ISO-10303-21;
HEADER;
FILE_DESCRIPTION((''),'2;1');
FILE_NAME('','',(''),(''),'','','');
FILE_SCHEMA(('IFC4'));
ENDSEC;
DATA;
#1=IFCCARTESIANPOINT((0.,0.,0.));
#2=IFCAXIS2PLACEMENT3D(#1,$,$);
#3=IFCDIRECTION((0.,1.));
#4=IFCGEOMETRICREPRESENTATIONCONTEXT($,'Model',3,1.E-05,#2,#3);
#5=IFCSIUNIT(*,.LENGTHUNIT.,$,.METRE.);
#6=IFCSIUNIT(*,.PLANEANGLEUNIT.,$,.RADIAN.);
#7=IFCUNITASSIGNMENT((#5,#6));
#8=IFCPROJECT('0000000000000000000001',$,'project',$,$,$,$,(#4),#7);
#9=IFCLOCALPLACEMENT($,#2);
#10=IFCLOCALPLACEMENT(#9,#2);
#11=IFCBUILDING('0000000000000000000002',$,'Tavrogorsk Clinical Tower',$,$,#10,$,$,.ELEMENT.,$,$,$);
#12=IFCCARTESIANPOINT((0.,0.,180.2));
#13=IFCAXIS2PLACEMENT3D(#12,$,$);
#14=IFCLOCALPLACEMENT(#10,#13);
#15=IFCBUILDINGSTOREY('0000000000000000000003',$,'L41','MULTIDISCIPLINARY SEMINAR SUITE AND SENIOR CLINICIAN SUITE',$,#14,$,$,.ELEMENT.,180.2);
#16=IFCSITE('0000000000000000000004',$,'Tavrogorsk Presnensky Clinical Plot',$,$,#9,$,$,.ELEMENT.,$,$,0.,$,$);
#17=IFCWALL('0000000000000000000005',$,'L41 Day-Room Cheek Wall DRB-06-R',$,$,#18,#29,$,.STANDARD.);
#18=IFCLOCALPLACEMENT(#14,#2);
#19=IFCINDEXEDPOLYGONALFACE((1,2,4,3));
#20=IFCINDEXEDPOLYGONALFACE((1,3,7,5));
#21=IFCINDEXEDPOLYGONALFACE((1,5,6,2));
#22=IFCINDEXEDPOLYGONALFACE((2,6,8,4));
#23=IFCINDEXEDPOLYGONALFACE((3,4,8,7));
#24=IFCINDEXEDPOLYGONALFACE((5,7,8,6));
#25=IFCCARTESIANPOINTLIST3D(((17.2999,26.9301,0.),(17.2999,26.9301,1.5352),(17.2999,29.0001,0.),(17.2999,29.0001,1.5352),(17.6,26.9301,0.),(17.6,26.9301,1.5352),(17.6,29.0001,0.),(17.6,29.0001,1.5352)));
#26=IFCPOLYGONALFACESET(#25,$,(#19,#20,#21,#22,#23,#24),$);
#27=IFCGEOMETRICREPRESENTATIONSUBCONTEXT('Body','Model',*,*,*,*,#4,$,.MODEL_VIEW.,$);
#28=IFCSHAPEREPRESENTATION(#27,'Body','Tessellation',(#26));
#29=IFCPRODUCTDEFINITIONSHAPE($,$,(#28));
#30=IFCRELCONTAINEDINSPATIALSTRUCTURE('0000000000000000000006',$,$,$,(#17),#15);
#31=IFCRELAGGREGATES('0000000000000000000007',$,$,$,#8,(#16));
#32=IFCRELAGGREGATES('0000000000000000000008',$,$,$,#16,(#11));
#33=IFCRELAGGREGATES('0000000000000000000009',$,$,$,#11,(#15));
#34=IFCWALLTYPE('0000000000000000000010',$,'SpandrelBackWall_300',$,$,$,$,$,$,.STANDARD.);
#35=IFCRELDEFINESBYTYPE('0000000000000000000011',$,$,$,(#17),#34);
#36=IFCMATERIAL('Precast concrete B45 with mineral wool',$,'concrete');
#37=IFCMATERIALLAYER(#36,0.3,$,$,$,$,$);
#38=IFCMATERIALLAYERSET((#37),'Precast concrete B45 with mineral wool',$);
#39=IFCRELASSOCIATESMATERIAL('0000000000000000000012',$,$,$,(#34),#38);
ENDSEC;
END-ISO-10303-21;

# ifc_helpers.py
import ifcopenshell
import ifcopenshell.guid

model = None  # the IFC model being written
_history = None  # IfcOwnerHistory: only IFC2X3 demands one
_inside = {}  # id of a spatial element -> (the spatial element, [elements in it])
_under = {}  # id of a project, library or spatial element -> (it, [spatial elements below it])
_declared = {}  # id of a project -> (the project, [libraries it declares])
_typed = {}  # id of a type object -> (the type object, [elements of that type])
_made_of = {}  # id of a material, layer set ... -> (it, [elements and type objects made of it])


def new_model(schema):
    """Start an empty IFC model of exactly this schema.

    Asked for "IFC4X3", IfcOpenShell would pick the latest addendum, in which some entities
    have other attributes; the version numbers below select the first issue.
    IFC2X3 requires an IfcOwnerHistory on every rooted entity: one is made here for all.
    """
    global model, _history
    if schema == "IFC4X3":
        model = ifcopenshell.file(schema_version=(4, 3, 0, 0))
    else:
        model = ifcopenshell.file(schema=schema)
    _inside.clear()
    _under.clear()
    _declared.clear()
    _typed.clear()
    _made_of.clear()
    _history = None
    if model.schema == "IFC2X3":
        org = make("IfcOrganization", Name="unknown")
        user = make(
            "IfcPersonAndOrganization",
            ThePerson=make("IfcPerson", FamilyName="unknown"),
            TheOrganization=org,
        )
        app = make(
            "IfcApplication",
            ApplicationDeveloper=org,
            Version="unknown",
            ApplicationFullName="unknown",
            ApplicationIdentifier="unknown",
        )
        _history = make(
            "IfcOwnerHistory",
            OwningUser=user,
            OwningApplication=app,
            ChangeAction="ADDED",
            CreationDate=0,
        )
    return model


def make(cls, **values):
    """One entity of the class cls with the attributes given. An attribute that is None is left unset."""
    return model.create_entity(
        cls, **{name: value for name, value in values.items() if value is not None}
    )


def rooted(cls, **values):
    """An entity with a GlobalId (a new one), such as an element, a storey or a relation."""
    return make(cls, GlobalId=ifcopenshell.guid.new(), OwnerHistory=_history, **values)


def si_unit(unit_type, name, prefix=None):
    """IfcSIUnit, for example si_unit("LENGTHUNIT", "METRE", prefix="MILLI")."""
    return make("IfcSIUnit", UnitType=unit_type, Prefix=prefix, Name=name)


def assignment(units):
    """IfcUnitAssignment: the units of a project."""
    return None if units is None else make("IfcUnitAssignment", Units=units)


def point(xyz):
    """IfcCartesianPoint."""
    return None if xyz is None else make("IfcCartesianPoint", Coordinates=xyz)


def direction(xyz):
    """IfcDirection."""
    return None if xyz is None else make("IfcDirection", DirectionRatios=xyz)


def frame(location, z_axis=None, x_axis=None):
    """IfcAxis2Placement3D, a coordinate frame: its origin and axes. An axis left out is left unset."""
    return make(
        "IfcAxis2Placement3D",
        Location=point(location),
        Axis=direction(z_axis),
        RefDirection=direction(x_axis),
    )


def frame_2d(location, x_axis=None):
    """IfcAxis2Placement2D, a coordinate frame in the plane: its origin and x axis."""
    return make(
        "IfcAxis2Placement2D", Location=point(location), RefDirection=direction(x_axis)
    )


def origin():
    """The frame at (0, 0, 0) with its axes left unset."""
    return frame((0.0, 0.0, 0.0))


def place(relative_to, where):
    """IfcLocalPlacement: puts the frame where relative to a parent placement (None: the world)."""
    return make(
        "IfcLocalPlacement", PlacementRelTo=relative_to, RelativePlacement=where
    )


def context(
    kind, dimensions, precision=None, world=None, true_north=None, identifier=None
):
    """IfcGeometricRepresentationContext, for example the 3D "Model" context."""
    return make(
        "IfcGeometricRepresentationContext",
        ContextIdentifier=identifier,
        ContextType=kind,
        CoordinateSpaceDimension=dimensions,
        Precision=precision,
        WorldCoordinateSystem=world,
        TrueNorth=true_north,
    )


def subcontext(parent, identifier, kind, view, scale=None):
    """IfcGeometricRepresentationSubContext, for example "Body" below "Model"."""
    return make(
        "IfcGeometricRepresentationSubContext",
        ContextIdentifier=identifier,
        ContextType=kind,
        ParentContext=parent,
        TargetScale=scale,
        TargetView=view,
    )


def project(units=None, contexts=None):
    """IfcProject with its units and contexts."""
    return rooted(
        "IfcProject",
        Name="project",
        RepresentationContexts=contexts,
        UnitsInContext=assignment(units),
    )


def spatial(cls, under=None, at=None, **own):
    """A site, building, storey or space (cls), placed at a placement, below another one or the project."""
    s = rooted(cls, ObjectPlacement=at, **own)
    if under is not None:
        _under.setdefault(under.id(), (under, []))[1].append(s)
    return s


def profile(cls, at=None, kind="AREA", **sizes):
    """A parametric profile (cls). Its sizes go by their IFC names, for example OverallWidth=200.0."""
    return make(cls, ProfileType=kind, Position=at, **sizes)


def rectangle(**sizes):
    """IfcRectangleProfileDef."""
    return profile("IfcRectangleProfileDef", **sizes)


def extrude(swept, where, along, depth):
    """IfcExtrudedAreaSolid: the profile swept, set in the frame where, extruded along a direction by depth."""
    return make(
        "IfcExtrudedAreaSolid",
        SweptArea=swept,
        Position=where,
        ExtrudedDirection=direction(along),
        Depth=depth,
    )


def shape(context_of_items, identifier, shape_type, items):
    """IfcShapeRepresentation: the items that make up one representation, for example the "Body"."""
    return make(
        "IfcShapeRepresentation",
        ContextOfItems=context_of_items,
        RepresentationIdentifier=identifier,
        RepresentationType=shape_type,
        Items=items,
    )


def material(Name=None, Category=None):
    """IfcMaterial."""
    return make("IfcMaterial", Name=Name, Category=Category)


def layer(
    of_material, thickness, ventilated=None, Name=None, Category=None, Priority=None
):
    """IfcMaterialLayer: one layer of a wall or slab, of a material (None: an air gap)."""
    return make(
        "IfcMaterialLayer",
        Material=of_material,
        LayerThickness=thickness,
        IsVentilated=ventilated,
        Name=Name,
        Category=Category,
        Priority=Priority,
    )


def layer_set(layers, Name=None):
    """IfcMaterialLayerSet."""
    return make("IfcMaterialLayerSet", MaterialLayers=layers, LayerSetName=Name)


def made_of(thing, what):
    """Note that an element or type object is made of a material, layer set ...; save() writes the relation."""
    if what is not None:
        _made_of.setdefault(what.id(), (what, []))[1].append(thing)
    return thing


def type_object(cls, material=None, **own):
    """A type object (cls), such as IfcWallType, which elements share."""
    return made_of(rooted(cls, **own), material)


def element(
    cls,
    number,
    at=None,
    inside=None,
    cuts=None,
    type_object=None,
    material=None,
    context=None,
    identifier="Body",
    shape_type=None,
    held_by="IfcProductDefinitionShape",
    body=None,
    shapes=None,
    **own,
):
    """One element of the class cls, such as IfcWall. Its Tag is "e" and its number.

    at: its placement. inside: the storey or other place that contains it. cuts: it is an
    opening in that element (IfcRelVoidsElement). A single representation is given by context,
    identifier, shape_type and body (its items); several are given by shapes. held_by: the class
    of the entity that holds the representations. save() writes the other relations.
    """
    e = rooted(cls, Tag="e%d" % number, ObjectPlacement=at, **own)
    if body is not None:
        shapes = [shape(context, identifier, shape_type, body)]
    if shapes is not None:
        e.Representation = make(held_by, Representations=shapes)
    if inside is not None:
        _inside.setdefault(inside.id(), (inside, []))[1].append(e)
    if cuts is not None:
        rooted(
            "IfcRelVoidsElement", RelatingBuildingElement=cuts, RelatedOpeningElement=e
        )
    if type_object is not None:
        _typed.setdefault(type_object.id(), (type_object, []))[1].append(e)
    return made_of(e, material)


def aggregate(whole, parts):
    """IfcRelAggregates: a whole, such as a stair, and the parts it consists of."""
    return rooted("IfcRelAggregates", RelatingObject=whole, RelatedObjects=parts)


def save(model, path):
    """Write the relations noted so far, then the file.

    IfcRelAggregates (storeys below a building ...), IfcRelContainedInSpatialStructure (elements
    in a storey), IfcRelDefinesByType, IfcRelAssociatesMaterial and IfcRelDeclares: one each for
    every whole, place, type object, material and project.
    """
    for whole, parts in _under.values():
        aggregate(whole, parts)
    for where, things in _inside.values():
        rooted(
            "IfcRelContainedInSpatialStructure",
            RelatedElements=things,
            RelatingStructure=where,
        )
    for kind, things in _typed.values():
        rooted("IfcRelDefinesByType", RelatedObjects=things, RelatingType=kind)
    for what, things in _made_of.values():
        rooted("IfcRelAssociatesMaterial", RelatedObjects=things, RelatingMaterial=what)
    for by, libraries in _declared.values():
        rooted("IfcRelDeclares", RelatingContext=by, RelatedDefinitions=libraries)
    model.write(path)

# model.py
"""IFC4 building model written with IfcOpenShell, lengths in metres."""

from ifc_helpers import new_model, si_unit, direction, frame, frame_2d, origin, place, context, subcontext, project, spatial, rectangle, extrude, material, layer, layer_set, type_object, element, save


model = new_model("IFC4")

# Units and contexts
model_context = context("Model", 3, precision=1e-05, world=origin(), true_north=direction((0.0, 1.0)))
body_context = subcontext(model_context, "Body", "Model", "MODEL_VIEW")
ifc_project = project(units=[si_unit("LENGTHUNIT", "METRE"), si_unit("PLANEANGLEUNIT", "RADIAN")], contexts=[model_context])

# Site, building, storey
site_placement = place(None, origin())
site = spatial("IfcSite", under=ifc_project, at=site_placement, Name="Tavrogorsk Presnensky Clinical Plot", CompositionType="ELEMENT", RefElevation=0.0)
building_placement = place(site_placement, origin())
building = spatial("IfcBuilding", under=site, at=building_placement, Name="Tavrogorsk Clinical Tower", CompositionType="ELEMENT")
storey_placement = place(building_placement, frame((0.0, 0.0, 180.2)))
storey = spatial("IfcBuildingStorey", under=building, at=storey_placement, Name="L41", Description="MULTIDISCIPLINARY SEMINAR SUITE AND SENIOR CLINICIAN SUITE", CompositionType="ELEMENT", Elevation=180.2)

# Wall
ifc_material_1 = material(Name="Precast concrete B45 with mineral wool", Category="concrete")
ifc_layer_1 = layer(ifc_material_1, 0.3)
ifc_layer_set_1 = layer_set([ifc_layer_1], Name="Precast concrete B45 with mineral wool")
wall_type_1 = type_object("IfcWallType", Name="SpandrelBackWall_300", PredefinedType="STANDARD", material=ifc_layer_set_1)
for number, where, z_axis, x_axis, name in (
    (1, (17.45, 26.9299, 0.0), (0.0, 0.0, 1.0), (0.0, 1.0, 0.0), "L41 Day-Room Cheek Wall DRB-06-R"),
):
    element("IfcWall", number, at=place(storey_placement, frame(where, z_axis=z_axis, x_axis=x_axis)), inside=storey, type_object=wall_type_1, Name=name, PredefinedType="STANDARD", context=body_context, shape_type="SweptSolid", body=[
        extrude(rectangle(XDim=2.0701, YDim=0.3, at=frame_2d((1.0352, 0.0))), origin(), (0.0, 0.0, 1.0), 1.5352),
    ])

save(model, "model.ifc")
